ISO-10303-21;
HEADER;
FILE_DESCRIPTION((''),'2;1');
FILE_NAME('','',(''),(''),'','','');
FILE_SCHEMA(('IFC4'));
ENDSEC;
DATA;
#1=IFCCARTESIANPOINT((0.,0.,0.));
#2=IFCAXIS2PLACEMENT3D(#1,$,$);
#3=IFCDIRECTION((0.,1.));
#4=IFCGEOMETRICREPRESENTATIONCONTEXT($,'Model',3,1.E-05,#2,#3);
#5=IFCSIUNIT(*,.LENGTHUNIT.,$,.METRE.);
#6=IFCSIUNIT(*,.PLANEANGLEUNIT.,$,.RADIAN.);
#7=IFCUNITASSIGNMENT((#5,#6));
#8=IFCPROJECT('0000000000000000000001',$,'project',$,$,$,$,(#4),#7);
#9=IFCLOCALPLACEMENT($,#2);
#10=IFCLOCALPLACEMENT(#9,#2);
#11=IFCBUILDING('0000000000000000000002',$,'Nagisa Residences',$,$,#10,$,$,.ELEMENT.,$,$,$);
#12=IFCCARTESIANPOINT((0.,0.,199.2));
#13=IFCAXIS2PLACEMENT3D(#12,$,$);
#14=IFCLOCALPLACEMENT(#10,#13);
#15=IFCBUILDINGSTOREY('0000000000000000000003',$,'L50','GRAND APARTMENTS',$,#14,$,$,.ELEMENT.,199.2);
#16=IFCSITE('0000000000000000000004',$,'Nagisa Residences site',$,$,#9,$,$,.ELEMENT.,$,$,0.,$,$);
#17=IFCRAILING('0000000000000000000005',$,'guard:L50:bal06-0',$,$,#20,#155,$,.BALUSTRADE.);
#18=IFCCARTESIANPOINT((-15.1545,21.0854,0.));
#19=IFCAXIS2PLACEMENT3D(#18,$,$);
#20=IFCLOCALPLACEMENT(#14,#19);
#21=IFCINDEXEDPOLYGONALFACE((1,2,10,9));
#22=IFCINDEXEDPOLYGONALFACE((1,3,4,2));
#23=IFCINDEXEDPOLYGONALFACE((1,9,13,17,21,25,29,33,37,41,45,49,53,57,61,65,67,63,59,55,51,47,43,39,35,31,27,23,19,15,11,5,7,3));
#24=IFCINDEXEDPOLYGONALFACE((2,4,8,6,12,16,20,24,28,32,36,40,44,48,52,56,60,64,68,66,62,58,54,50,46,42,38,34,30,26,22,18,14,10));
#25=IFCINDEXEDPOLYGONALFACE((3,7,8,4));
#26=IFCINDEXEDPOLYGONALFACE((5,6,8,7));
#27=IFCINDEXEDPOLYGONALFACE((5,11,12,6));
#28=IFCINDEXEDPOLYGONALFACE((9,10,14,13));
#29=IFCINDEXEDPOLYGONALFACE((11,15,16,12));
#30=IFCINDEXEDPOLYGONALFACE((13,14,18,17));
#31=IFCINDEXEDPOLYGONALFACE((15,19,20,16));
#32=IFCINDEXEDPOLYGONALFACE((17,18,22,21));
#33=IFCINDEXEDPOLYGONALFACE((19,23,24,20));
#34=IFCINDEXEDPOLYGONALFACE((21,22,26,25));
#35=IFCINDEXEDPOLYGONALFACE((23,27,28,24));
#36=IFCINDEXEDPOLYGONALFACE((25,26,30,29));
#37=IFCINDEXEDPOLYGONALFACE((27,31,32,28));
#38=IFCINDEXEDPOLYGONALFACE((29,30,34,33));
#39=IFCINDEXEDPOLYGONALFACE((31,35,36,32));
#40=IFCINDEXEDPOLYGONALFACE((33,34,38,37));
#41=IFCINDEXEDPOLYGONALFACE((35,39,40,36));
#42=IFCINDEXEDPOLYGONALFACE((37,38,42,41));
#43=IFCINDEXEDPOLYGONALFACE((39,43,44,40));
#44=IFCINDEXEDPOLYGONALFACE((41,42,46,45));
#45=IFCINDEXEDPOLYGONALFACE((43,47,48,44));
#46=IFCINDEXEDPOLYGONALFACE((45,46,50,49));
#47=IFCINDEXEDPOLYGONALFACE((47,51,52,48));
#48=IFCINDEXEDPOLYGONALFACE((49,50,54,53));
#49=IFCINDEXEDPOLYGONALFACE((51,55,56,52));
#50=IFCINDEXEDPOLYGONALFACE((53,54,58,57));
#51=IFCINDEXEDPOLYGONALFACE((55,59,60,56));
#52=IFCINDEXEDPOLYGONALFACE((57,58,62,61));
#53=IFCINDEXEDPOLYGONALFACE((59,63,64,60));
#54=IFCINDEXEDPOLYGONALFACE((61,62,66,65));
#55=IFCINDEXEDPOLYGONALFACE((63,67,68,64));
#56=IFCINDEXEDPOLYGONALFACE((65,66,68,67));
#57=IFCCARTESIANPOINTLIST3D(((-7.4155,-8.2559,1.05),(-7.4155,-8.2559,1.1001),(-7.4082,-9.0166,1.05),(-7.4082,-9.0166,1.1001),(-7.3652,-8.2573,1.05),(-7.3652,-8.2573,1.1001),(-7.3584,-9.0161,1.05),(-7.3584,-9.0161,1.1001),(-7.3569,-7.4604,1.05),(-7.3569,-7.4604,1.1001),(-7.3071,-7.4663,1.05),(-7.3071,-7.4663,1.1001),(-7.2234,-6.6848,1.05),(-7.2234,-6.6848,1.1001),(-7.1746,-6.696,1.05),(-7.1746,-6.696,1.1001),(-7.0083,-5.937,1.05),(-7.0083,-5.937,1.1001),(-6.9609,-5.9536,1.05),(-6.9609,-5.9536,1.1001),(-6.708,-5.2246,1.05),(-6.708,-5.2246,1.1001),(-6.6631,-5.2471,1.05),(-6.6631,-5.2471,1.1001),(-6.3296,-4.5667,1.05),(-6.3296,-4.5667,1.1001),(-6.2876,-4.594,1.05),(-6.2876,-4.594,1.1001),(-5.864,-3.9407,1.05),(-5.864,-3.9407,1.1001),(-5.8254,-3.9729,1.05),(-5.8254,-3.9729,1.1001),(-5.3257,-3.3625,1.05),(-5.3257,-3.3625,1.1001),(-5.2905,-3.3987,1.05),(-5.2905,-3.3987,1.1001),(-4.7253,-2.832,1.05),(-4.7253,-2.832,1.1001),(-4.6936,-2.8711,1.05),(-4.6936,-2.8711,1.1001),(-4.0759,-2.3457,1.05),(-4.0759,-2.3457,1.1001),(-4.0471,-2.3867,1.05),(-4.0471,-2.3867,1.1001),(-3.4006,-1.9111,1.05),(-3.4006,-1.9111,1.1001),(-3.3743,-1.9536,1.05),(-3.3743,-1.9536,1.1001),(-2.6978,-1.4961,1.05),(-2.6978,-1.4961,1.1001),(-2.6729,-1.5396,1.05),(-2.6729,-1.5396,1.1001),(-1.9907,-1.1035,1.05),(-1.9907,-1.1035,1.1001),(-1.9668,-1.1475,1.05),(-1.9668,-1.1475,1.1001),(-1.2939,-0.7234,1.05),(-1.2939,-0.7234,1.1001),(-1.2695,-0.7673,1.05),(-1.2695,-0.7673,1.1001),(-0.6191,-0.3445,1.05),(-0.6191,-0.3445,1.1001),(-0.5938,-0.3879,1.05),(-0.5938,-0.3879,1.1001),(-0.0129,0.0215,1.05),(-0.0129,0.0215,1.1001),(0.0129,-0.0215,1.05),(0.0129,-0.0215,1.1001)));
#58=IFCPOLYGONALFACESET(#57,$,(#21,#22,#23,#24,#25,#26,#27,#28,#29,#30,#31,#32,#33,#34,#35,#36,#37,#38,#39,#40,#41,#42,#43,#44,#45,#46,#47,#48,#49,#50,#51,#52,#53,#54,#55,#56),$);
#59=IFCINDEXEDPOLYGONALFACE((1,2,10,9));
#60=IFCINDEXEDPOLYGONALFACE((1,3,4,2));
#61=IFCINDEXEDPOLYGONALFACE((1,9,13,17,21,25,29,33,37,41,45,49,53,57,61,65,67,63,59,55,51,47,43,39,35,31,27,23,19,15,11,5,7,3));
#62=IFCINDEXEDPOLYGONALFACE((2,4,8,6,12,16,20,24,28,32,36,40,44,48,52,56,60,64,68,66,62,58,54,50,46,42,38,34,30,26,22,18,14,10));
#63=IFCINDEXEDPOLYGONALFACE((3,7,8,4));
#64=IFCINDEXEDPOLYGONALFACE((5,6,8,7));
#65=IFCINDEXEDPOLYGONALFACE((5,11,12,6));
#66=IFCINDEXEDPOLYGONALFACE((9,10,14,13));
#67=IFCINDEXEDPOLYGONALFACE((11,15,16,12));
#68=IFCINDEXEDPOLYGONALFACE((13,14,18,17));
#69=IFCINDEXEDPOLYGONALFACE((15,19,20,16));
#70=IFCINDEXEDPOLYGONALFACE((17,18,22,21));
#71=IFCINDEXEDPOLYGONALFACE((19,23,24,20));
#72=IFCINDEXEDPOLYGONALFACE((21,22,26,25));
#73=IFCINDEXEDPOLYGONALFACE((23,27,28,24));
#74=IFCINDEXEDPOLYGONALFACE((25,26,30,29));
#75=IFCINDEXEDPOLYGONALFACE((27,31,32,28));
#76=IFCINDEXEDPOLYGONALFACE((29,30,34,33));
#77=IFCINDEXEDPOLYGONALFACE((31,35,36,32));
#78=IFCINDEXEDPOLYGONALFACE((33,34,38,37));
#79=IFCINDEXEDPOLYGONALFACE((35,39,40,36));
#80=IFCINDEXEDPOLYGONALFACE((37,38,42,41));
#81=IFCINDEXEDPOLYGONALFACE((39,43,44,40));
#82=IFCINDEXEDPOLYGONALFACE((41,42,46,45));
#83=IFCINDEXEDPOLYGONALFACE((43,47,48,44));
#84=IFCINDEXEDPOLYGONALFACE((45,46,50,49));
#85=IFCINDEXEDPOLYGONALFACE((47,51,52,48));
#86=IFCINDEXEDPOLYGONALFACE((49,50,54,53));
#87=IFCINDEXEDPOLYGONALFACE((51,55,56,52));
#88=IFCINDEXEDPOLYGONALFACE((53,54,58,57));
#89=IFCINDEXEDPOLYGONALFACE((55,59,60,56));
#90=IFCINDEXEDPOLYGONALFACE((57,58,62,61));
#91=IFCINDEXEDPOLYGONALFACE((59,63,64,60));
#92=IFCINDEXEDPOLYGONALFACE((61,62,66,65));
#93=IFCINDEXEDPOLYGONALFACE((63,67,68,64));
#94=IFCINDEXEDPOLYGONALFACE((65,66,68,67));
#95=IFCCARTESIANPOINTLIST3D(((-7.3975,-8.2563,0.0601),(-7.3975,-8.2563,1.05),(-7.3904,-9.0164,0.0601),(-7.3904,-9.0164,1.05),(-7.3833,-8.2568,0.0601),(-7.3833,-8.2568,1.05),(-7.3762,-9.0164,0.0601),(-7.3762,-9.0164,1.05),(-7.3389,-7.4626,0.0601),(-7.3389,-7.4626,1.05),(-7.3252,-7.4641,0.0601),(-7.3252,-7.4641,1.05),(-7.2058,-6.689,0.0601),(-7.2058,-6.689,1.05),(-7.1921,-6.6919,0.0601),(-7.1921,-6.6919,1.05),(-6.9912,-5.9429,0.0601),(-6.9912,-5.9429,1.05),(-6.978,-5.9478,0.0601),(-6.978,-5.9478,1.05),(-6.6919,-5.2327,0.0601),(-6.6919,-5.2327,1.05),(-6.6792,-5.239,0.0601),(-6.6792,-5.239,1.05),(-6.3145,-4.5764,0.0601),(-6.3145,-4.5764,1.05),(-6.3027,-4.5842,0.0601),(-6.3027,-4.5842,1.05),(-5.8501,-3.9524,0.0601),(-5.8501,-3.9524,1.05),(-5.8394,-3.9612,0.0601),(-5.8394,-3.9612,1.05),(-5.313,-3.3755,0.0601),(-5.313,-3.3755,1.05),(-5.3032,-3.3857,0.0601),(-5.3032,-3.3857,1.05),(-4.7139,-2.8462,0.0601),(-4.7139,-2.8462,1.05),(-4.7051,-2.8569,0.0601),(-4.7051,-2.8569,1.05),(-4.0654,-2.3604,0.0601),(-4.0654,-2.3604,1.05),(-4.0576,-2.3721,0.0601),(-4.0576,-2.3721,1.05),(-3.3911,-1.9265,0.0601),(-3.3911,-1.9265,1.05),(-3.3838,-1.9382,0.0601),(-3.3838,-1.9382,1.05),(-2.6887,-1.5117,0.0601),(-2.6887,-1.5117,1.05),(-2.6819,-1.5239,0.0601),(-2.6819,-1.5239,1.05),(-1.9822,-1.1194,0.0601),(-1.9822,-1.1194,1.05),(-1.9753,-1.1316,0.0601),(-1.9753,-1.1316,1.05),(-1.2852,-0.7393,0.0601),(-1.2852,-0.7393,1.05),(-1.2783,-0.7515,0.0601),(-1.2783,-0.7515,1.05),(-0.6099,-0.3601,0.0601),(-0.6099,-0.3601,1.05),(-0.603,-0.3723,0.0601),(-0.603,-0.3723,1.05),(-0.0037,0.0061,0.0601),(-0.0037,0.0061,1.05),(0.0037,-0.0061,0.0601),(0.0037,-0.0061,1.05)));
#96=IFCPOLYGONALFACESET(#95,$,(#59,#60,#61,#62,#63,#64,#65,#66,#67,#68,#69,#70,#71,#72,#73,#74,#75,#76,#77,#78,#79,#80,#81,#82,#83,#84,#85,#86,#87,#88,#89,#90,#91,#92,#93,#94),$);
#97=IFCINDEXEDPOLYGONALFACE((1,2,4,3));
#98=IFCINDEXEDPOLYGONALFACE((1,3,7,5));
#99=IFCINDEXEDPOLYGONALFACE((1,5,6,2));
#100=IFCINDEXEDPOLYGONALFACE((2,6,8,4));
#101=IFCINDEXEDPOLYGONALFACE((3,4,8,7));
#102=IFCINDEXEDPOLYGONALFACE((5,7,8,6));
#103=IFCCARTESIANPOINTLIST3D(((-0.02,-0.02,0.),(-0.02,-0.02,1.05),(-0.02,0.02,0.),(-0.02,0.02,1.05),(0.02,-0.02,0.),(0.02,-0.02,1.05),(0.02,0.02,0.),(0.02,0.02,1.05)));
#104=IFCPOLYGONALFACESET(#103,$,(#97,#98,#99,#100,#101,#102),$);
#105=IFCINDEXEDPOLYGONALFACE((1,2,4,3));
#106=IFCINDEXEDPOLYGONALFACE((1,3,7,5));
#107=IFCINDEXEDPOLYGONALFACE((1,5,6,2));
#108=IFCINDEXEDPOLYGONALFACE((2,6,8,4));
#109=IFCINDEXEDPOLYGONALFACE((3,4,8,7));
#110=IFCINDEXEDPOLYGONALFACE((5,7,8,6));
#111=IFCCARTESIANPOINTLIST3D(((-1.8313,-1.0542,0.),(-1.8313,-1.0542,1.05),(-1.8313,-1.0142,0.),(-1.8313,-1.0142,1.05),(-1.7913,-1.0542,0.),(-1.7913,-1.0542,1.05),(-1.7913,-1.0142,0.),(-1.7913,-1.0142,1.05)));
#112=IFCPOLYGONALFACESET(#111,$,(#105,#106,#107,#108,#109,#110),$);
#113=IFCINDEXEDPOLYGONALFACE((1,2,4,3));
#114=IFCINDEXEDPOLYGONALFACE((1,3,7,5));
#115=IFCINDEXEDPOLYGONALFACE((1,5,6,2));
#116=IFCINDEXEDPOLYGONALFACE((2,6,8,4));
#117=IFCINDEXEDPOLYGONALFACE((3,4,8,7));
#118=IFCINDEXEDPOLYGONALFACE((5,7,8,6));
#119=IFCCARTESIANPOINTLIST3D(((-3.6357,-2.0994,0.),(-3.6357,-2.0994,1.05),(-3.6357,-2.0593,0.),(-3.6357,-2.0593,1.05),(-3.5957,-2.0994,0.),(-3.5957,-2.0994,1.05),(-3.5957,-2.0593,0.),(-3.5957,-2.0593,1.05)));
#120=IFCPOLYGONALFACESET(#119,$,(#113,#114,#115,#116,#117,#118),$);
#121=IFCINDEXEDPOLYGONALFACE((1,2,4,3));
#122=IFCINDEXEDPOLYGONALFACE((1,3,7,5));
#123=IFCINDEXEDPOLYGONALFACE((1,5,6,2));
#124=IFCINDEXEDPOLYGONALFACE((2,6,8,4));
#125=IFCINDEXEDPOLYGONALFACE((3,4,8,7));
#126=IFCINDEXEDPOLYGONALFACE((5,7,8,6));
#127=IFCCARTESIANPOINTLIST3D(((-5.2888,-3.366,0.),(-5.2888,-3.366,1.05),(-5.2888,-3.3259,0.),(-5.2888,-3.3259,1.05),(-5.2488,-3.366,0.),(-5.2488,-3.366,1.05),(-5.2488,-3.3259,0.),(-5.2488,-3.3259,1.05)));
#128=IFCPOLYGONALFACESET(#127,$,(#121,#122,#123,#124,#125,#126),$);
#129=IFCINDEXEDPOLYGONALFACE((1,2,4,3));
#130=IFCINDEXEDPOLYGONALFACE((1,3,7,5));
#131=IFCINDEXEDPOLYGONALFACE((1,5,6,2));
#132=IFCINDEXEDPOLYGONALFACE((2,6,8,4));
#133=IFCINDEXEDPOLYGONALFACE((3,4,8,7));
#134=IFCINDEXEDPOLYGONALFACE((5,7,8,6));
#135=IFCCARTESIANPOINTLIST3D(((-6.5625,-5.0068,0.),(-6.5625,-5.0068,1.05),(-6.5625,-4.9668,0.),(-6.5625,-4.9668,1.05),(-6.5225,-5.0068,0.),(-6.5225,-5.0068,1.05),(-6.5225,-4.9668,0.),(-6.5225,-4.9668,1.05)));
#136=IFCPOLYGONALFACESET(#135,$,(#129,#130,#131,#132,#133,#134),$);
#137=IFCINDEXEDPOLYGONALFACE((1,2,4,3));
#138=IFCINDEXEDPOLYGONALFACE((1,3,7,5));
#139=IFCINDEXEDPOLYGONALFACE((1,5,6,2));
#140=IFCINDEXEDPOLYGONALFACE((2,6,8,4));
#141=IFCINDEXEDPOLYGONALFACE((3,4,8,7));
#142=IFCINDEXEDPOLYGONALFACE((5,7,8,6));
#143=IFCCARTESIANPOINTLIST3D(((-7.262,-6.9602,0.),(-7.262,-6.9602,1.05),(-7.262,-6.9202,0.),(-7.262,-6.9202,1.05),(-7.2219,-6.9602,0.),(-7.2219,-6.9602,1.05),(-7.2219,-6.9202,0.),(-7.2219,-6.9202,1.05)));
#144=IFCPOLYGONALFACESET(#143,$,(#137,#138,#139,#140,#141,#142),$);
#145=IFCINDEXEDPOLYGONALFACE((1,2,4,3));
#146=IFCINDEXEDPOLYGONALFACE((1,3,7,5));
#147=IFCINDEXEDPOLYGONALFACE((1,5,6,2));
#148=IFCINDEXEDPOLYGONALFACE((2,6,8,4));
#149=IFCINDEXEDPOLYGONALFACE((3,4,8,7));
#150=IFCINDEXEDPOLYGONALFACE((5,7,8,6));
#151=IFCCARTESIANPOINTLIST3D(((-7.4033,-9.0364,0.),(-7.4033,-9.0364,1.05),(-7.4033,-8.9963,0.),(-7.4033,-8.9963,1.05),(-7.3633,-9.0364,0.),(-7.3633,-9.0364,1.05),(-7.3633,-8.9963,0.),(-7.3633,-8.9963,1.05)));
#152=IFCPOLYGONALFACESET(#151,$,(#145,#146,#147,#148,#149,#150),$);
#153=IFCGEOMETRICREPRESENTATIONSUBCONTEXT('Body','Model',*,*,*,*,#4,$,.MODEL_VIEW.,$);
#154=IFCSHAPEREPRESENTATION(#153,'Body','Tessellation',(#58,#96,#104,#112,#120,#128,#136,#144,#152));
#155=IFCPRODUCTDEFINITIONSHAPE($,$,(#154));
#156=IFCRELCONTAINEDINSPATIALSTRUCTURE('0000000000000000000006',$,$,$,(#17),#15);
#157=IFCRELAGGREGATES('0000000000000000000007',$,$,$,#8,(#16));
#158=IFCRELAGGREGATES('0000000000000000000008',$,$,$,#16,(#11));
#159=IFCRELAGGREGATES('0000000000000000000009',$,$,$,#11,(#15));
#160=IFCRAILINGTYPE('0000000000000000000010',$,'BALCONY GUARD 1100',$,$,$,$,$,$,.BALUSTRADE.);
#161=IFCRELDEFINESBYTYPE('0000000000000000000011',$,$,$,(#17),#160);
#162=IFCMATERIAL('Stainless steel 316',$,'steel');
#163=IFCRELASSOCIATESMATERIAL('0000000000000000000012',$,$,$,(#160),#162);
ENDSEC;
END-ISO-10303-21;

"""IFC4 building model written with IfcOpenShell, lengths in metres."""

from ifc_helpers import new_model, si_unit, direction, frame, origin, origin_2d, place, context, subcontext, project, spatial, polyline, rectangle, outline, extrude, material, type_object, element, save


model = new_model("IFC4")

# Units and contexts
model_context = context("Model", 3, precision=1e-05, world=origin(), true_north=direction((0.0, 1.0)))
body_context = subcontext(model_context, "Body", "Model", "MODEL_VIEW")
ifc_project = project(units=[si_unit("LENGTHUNIT", "METRE"), si_unit("PLANEANGLEUNIT", "RADIAN")], contexts=[model_context])

# Site, building, storey
site_placement = place(None, origin())
site = spatial("IfcSite", under=ifc_project, at=site_placement, Name="Nagisa Residences site", CompositionType="ELEMENT", RefElevation=0.0)
building_placement = place(site_placement, origin())
building = spatial("IfcBuilding", under=site, at=building_placement, Name="Nagisa Residences", CompositionType="ELEMENT")
storey_placement = place(building_placement, frame((0.0, 0.0, 199.2)))
storey = spatial("IfcBuildingStorey", under=building, at=storey_placement, Name="L50", Description="GRAND APARTMENTS", CompositionType="ELEMENT", Elevation=199.2)

# Railing
ifc_material_1 = material(Name="Stainless steel 316", Category="steel")
railing_type = type_object("IfcRailingType", Name="BALCONY GUARD 1100", PredefinedType="BALUSTRADE", material=ifc_material_1)
railing_1_placement = place(storey_placement, frame((-15.1545, 21.0854, 0.0)))
element("IfcRailing", 1, at=railing_1_placement, inside=storey, type_object=railing_type, Name="guard:L50:bal06-0", PredefinedType="BALUSTRADE", context=body_context, shape_type="SweptSolid", body=[
    extrude(outline(polyline([(-0.5938, -0.3879), (0.0129, -0.0215), (-0.0129, 0.0215), (-0.6191, -0.3445), (-1.2939, -0.7234), (-1.9907, -1.1035), (-2.6978, -1.4961), (-3.4006, -1.9111), (-4.0759, -2.3457), (-4.7253, -2.832), (-5.3257, -3.3625), (-5.864, -3.9407), (-6.3296, -4.5667), (-6.708, -5.2246), (-7.0083, -5.937), (-7.2234, -6.6848), (-7.3569, -7.4604), (-7.4155, -8.2559), (-7.4082, -9.0166), (-7.3584, -9.0161), (-7.3652, -8.2573), (-7.3071, -7.4663), (-7.1746, -6.696), (-6.9609, -5.9536), (-6.6631, -5.2471), (-6.2876, -4.594), (-5.8254, -3.9729), (-5.2905, -3.3987), (-4.6936, -2.8711), (-4.0471, -2.3867), (-3.3743, -1.9536), (-2.6729, -1.5396), (-1.9668, -1.1475), (-1.2695, -0.7673), (-0.5938, -0.3879)])), frame((0.0, 0.0, 1.05)), (0.0, 0.0, 1.0), 0.05),
    extrude(outline(polyline([(-0.603, -0.3723), (0.0037, -0.0061), (-0.0037, 0.0061), (-0.6099, -0.3601), (-1.2852, -0.7393), (-1.9822, -1.1194), (-2.6887, -1.5117), (-3.3911, -1.9265), (-4.0654, -2.3604), (-4.7139, -2.8462), (-5.313, -3.3755), (-5.8501, -3.9524), (-6.3145, -4.5764), (-6.6919, -5.2327), (-6.9912, -5.9429), (-7.2058, -6.689), (-7.3389, -7.4626), (-7.3975, -8.2563), (-7.3904, -9.0164), (-7.3762, -9.0164), (-7.3833, -8.2568), (-7.3252, -7.4641), (-7.1921, -6.6919), (-6.978, -5.9478), (-6.6792, -5.239), (-6.3027, -4.5842), (-5.8394, -3.9612), (-5.3032, -3.3857), (-4.7051, -2.8569), (-4.0576, -2.3721), (-3.3838, -1.9382), (-2.6819, -1.5239), (-1.9753, -1.1316), (-1.2783, -0.7515), (-0.603, -0.3723)])), frame((0.0, 0.0, 0.0601)), (0.0, 0.0, 1.0), 0.99),
    extrude(rectangle(XDim=0.04, YDim=0.04, at=origin_2d()), origin(), (0.0, 0.0, 1.0), 1.05),
    extrude(rectangle(XDim=0.04, YDim=0.04, at=origin_2d()), frame((-1.8113, -1.0342, 0.0)), (0.0, 0.0, 1.0), 1.05),
    extrude(rectangle(XDim=0.04, YDim=0.04, at=origin_2d()), frame((-3.6157, -2.0793, 0.0)), (0.0, 0.0, 1.0), 1.05),
    extrude(rectangle(XDim=0.04, YDim=0.04, at=origin_2d()), frame((-5.2688, -3.3459, 0.0)), (0.0, 0.0, 1.0), 1.05),
    extrude(rectangle(XDim=0.04, YDim=0.04, at=origin_2d()), frame((-6.5425, -4.9868, 0.0)), (0.0, 0.0, 1.0), 1.05),
    extrude(rectangle(XDim=0.04, YDim=0.04, at=origin_2d()), frame((-7.2419, -6.9402, 0.0)), (0.0, 0.0, 1.0), 1.05),
    extrude(rectangle(XDim=0.04, YDim=0.04, at=origin_2d()), frame((-7.3833, -9.0164, 0.0)), (0.0, 0.0, 1.0), 1.05),
])

save(model, "model.ifc")
